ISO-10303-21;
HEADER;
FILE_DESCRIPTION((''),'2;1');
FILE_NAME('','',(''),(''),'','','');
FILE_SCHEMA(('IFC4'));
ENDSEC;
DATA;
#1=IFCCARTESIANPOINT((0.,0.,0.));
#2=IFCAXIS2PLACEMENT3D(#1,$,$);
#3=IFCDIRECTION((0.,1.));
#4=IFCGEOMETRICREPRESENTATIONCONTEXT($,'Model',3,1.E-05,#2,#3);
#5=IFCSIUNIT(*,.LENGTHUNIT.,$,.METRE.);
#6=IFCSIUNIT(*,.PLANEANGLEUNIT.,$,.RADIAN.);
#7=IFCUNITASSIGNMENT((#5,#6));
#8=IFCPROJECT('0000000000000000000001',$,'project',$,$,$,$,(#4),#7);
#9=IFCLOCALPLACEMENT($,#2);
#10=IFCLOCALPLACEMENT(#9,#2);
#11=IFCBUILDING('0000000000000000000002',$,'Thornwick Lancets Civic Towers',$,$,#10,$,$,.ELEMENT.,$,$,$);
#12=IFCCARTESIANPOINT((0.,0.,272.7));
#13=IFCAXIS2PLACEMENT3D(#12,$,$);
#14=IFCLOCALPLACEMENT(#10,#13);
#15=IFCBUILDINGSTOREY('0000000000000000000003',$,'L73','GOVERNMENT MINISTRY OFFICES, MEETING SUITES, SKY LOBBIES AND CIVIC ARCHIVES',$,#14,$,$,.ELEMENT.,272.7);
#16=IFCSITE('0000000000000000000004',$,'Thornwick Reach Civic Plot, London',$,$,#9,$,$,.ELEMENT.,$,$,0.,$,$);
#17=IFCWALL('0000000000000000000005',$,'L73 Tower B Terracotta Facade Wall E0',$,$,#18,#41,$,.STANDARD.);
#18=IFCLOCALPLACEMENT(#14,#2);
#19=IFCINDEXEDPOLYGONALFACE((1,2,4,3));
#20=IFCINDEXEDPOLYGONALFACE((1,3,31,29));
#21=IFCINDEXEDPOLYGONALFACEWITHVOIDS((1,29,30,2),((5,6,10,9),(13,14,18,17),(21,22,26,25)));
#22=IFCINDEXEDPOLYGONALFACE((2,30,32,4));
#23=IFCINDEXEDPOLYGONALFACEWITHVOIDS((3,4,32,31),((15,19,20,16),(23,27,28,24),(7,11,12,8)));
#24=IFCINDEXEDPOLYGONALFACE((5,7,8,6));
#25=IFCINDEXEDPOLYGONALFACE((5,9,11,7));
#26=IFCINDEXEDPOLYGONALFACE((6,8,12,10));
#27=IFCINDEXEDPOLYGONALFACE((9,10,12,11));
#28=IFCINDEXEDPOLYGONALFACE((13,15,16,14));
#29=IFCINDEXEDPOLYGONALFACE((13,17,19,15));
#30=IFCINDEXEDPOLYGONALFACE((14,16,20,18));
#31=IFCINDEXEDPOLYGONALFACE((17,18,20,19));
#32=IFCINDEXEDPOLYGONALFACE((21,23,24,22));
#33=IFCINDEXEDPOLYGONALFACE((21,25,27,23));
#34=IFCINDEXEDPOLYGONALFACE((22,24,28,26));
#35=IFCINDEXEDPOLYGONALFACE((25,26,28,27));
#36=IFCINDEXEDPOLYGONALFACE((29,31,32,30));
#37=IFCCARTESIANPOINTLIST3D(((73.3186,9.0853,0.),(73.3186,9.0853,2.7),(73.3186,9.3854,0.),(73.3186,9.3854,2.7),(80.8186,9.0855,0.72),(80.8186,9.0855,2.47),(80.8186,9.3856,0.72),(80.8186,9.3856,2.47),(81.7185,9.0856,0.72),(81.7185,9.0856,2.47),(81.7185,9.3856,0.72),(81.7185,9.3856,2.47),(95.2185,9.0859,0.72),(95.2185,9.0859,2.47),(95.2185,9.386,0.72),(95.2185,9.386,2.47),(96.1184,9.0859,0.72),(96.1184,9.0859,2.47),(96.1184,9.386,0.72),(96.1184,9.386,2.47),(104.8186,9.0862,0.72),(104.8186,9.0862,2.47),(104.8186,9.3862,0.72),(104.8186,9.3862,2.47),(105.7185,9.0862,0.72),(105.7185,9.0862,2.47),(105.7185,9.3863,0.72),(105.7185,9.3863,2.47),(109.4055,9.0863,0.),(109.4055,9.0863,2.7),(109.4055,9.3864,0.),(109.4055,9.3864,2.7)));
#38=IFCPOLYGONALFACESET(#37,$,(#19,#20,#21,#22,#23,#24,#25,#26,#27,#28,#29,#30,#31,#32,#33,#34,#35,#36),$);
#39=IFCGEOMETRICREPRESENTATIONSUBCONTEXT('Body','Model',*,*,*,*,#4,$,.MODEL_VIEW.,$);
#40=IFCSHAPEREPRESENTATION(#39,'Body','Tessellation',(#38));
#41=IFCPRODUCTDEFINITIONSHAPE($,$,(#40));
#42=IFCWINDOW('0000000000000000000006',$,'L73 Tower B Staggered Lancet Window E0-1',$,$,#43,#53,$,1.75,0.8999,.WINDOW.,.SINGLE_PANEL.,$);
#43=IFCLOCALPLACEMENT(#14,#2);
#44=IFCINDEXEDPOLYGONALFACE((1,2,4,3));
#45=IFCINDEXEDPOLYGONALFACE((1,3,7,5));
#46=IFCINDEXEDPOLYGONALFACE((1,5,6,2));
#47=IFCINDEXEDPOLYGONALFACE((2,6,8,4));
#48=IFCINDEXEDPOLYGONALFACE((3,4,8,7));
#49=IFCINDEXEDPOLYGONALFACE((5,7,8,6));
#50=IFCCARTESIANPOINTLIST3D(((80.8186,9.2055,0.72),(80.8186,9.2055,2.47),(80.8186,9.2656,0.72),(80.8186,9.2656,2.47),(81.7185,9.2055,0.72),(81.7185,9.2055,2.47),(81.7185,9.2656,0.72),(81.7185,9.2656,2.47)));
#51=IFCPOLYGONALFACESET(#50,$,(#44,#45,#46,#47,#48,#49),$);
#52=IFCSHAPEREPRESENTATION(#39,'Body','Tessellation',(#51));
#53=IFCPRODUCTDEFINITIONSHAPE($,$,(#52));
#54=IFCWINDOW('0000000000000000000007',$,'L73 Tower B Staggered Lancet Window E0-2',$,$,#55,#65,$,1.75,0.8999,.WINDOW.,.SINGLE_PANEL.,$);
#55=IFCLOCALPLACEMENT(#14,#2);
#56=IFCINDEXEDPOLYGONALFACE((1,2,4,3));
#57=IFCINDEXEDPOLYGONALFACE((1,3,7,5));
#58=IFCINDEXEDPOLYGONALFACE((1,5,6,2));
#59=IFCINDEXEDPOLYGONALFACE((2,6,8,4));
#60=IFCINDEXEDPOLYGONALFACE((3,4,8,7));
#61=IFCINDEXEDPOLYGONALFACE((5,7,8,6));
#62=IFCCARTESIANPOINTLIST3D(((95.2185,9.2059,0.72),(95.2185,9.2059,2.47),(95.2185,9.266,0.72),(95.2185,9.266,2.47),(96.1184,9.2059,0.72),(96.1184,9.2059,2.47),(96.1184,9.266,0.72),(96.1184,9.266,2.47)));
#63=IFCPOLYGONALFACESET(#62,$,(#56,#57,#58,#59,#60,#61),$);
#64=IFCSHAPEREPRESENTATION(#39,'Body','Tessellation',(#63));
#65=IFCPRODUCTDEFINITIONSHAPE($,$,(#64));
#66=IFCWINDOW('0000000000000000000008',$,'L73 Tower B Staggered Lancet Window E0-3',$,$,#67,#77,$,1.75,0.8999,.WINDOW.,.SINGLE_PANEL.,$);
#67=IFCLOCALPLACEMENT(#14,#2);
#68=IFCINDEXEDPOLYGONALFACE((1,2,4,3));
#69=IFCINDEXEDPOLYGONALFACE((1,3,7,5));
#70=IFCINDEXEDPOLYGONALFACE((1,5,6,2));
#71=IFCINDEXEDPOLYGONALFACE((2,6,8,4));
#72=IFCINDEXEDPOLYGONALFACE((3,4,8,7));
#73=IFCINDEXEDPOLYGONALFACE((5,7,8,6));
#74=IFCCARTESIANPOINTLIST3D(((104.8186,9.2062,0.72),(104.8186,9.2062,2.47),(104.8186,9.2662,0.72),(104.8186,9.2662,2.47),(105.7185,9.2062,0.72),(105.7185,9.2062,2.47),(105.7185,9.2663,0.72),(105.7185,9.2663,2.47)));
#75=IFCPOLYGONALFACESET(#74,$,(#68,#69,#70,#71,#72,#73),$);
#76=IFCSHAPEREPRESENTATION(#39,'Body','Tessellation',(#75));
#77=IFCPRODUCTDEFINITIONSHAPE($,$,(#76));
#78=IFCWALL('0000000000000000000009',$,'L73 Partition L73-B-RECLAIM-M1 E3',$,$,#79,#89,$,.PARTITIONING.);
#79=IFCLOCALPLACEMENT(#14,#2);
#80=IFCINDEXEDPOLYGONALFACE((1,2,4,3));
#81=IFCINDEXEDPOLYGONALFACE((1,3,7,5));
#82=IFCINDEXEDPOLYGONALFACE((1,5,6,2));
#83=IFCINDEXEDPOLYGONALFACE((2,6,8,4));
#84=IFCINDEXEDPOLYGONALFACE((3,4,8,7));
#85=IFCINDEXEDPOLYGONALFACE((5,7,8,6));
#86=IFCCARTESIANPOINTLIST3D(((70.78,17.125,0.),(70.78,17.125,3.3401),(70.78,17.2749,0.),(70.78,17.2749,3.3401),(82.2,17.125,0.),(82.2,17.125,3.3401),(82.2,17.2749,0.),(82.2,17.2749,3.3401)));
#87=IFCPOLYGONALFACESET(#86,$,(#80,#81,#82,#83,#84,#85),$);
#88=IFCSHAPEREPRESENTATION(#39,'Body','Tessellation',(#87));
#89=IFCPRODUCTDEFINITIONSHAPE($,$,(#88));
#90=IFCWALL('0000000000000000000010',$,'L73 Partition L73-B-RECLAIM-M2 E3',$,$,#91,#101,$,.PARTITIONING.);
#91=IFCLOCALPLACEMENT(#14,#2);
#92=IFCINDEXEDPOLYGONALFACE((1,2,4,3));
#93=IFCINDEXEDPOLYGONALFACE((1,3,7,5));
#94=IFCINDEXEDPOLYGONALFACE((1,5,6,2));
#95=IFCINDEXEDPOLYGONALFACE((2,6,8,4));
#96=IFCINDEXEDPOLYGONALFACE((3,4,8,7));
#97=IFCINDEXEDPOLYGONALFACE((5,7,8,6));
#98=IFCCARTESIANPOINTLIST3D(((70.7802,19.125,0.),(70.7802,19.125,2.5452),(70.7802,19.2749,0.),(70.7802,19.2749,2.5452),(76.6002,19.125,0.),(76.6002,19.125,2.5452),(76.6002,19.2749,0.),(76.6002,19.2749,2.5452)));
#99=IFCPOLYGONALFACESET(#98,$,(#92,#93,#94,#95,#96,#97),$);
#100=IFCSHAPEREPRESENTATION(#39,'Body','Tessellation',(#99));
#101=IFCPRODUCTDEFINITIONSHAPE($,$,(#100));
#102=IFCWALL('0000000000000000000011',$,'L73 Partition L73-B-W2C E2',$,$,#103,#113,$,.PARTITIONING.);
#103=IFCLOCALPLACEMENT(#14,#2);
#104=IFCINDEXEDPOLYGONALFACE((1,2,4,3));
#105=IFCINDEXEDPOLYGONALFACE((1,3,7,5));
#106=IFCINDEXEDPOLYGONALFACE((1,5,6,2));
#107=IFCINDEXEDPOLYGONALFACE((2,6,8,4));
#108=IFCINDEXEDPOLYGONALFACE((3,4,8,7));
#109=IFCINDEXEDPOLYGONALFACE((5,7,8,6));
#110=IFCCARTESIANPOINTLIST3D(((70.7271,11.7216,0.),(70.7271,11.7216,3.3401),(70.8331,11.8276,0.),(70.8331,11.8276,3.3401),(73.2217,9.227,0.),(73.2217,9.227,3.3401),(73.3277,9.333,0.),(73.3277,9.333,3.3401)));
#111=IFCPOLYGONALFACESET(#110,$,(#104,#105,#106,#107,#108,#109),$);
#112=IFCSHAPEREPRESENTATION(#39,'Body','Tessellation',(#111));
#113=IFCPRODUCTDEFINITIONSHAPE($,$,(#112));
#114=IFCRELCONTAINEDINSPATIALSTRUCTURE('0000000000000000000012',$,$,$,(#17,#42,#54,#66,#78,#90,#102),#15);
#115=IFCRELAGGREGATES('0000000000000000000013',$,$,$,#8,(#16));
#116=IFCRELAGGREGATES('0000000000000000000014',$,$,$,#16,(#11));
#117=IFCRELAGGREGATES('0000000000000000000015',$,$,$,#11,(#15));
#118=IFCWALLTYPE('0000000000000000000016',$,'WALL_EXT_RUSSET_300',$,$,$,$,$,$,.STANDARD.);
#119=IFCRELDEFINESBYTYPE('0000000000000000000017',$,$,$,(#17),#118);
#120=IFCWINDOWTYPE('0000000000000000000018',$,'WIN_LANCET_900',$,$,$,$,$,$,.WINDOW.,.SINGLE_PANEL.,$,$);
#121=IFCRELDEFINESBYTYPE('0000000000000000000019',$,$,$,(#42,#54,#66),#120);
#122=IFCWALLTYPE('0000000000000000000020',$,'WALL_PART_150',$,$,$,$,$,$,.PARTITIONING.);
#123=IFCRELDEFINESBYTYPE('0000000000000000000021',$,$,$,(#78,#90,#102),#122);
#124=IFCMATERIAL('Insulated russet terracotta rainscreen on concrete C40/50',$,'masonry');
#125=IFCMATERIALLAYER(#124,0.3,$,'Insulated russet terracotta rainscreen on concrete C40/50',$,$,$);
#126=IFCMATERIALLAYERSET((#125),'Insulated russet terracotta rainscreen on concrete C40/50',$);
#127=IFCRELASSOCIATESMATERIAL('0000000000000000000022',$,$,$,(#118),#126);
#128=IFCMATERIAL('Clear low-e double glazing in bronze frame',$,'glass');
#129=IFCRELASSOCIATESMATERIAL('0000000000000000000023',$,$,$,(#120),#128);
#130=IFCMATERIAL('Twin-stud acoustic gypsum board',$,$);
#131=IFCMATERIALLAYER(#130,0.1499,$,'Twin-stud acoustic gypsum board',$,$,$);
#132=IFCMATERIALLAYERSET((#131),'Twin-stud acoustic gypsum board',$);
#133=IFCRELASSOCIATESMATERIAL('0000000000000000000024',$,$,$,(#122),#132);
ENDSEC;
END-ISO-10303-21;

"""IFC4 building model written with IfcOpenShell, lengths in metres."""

from ifc_helpers import new_model, si_unit, direction, frame, frame_2d, origin, place, context, subcontext, project, spatial, rectangle, extrude, material, layer, layer_set, type_object, element, fill, save


model = new_model("IFC4")

# Units and contexts
model_context = context("Model", 3, precision=1e-05, world=origin(), true_north=direction((0.0, 1.0)))
body_context = subcontext(model_context, "Body", "Model", "MODEL_VIEW")
ifc_project = project(units=[si_unit("LENGTHUNIT", "METRE"), si_unit("PLANEANGLEUNIT", "RADIAN")], contexts=[model_context])

# Site, building, storey
site_placement = place(None, origin())
site = spatial("IfcSite", under=ifc_project, at=site_placement, Name="Thornwick Reach Civic Plot, London", CompositionType="ELEMENT", RefElevation=0.0)
building_placement = place(site_placement, origin())
building = spatial("IfcBuilding", under=site, at=building_placement, Name="Thornwick Lancets Civic Towers", CompositionType="ELEMENT")
storey_placement = place(building_placement, frame((0.0, 0.0, 272.7)))
storey = spatial("IfcBuildingStorey", under=building, at=storey_placement, Name="L73", Description="GOVERNMENT MINISTRY OFFICES, MEETING SUITES, SKY LOBBIES AND CIVIC ARCHIVES", CompositionType="ELEMENT", Elevation=272.7)

# Wall, openings, windows
ifc_material_1 = material(Name="Insulated russet terracotta rainscreen on concrete C40/50", Category="masonry")
ifc_layer_1 = layer(ifc_material_1, 0.3, Name="Insulated russet terracotta rainscreen on concrete C40/50")
ifc_layer_set_1 = layer_set([ifc_layer_1], Name="Insulated russet terracotta rainscreen on concrete C40/50")
wall_type_1 = type_object("IfcWallType", Name="WALL_EXT_RUSSET_300", PredefinedType="STANDARD", material=ifc_layer_set_1)
ifc_material_2 = material(Name="Clear low-e double glazing in bronze frame", Category="glass")
window_type = type_object("IfcWindowType", Name="WIN_LANCET_900", PartitioningType="SINGLE_PANEL", PredefinedType="WINDOW", material=ifc_material_2)
wall_1_placement = place(storey_placement, frame((73.3186, 9.2354, 0.0), z_axis=(0.0, 0.0, 1.0), x_axis=(1.0, 0.000027, 0.0)))
wall_1 = element("IfcWall", 1, at=wall_1_placement, inside=storey, type_object=wall_type_1, Name="L73 Tower B Terracotta Facade Wall E0", PredefinedType="STANDARD", context=body_context, shape_type="SweptSolid", body=[
    extrude(rectangle(XDim=36.0869, YDim=0.3, at=frame_2d((18.0435, 0.0))), origin(), (0.0, 0.0, 1.0), 2.7),
])
opening_1_placement = place(wall_1_placement, frame((7.5, 0.0, 0.72)))
opening_1 = element("IfcOpeningElement", 2, at=opening_1_placement, cuts=wall_1, PredefinedType="OPENING", context=body_context, shape_type="SweptSolid", body=[
    extrude(rectangle(XDim=0.8999, YDim=1.75, at=frame_2d((0.45, 0.875))), frame((0.0, 0.1602, 0.0), z_axis=(0.0, -1.0, 0.0), x_axis=(1.0, 0.0, 0.0)), (0.0, 0.0, 1.0), 0.3201),
])
opening_2_placement = place(wall_1_placement, frame((21.8999, 0.0, 0.72)))
opening_2 = element("IfcOpeningElement", 3, at=opening_2_placement, cuts=wall_1, PredefinedType="OPENING", context=body_context, shape_type="SweptSolid", body=[
    extrude(rectangle(XDim=0.8999, YDim=1.75, at=frame_2d((0.45, 0.875))), frame((0.0, 0.1602, 0.0), z_axis=(0.0, -1.0, 0.0), x_axis=(1.0, 0.0, 0.0)), (0.0, 0.0, 1.0), 0.3201),
])
opening_3_placement = place(wall_1_placement, frame((31.5, 0.0, 0.72)))
opening_3 = element("IfcOpeningElement", 4, at=opening_3_placement, cuts=wall_1, PredefinedType="OPENING", context=body_context, shape_type="SweptSolid", body=[
    extrude(rectangle(XDim=0.8999, YDim=1.75, at=frame_2d((0.45, 0.875))), frame((0.0, 0.1602, 0.0), z_axis=(0.0, -1.0, 0.0), x_axis=(1.0, 0.0, 0.0)), (0.0, 0.0, 1.0), 0.3201),
])
window_1_placement = place(opening_1_placement, origin())
window_1 = element("IfcWindow", 5, at=window_1_placement, inside=storey, type_object=window_type, Name="L73 Tower B Staggered Lancet Window E0-1", OverallHeight=1.75, OverallWidth=0.8999, PartitioningType="SINGLE_PANEL", PredefinedType="WINDOW", context=body_context, shape_type="SweptSolid", body=[
    extrude(rectangle(XDim=0.8999, YDim=1.75, at=frame_2d((0.45, 0.875))), frame((0.0, 0.03, 0.0), z_axis=(0.0, -1.0, 0.0), x_axis=(1.0, 0.0, 0.0)), (0.0, 0.0, 1.0), 0.0601),
])
fill(opening_1, window_1)
window_2_placement = place(opening_2_placement, origin())
window_2 = element("IfcWindow", 6, at=window_2_placement, inside=storey, type_object=window_type, Name="L73 Tower B Staggered Lancet Window E0-2", OverallHeight=1.75, OverallWidth=0.8999, PartitioningType="SINGLE_PANEL", PredefinedType="WINDOW", context=body_context, shape_type="SweptSolid", body=[
    extrude(rectangle(XDim=0.8999, YDim=1.75, at=frame_2d((0.45, 0.875))), frame((0.0, 0.03, 0.0), z_axis=(0.0, -1.0, 0.0), x_axis=(1.0, 0.0, 0.0)), (0.0, 0.0, 1.0), 0.0601),
])
fill(opening_2, window_2)
window_3_placement = place(opening_3_placement, origin())
window_3 = element("IfcWindow", 7, at=window_3_placement, inside=storey, type_object=window_type, Name="L73 Tower B Staggered Lancet Window E0-3", OverallHeight=1.75, OverallWidth=0.8999, PartitioningType="SINGLE_PANEL", PredefinedType="WINDOW", context=body_context, shape_type="SweptSolid", body=[
    extrude(rectangle(XDim=0.8999, YDim=1.75, at=frame_2d((0.45, 0.875))), frame((0.0, 0.03, 0.0), z_axis=(0.0, -1.0, 0.0), x_axis=(1.0, 0.0, 0.0)), (0.0, 0.0, 1.0), 0.0601),
])
fill(opening_3, window_3)

# Walls
ifc_material_3 = material(Name="Twin-stud acoustic gypsum board")
ifc_layer_2 = layer(ifc_material_3, 0.1499, Name="Twin-stud acoustic gypsum board")
ifc_layer_set_2 = layer_set([ifc_layer_2], Name="Twin-stud acoustic gypsum board")
wall_type_2 = type_object("IfcWallType", Name="WALL_PART_150", PredefinedType="PARTITIONING", material=ifc_layer_set_2)
wall_2_placement = place(storey_placement, frame((70.78, 17.2, 0.0), z_axis=(0.0, 0.0, 1.0), x_axis=(1.0, 0.0, 0.0)))
element("IfcWall", 8, at=wall_2_placement, inside=storey, type_object=wall_type_2, Name="L73 Partition L73-B-RECLAIM-M1 E3", PredefinedType="PARTITIONING", context=body_context, shape_type="SweptSolid", body=[
    extrude(rectangle(XDim=11.4199, YDim=0.1499, at=frame_2d((5.71, 0.0))), origin(), (0.0, 0.0, 1.0), 3.3401),
])
wall_3_placement = place(storey_placement, frame((70.78, 19.2, 0.0), z_axis=(0.0, 0.0, 1.0), x_axis=(1.0, 0.0, 0.0)))
element("IfcWall", 9, at=wall_3_placement, inside=storey, type_object=wall_type_2, Name="L73 Partition L73-B-RECLAIM-M2 E3", PredefinedType="PARTITIONING", context=body_context, shape_type="SweptSolid", body=[
    extrude(rectangle(XDim=5.8201, YDim=0.1499, at=frame_2d((2.9102, 0.0))), origin(), (0.0, 0.0, 1.0), 2.5452),
])
wall_4_placement = place(storey_placement, frame((73.2747, 9.28, 0.0), z_axis=(0.0, 0.0, 1.0), x_axis=(-0.707107, 0.707107, 0.0)))
element("IfcWall", 10, at=wall_4_placement, inside=storey, type_object=wall_type_2, Name="L73 Partition L73-B-W2C E2", PredefinedType="PARTITIONING", context=body_context, shape_type="SweptSolid", body=[
    extrude(rectangle(XDim=3.5278, YDim=0.1499, at=frame_2d((1.7639, 0.0))), origin(), (0.0, 0.0, 1.0), 3.3401),
])

save(model, "model.ifc")
